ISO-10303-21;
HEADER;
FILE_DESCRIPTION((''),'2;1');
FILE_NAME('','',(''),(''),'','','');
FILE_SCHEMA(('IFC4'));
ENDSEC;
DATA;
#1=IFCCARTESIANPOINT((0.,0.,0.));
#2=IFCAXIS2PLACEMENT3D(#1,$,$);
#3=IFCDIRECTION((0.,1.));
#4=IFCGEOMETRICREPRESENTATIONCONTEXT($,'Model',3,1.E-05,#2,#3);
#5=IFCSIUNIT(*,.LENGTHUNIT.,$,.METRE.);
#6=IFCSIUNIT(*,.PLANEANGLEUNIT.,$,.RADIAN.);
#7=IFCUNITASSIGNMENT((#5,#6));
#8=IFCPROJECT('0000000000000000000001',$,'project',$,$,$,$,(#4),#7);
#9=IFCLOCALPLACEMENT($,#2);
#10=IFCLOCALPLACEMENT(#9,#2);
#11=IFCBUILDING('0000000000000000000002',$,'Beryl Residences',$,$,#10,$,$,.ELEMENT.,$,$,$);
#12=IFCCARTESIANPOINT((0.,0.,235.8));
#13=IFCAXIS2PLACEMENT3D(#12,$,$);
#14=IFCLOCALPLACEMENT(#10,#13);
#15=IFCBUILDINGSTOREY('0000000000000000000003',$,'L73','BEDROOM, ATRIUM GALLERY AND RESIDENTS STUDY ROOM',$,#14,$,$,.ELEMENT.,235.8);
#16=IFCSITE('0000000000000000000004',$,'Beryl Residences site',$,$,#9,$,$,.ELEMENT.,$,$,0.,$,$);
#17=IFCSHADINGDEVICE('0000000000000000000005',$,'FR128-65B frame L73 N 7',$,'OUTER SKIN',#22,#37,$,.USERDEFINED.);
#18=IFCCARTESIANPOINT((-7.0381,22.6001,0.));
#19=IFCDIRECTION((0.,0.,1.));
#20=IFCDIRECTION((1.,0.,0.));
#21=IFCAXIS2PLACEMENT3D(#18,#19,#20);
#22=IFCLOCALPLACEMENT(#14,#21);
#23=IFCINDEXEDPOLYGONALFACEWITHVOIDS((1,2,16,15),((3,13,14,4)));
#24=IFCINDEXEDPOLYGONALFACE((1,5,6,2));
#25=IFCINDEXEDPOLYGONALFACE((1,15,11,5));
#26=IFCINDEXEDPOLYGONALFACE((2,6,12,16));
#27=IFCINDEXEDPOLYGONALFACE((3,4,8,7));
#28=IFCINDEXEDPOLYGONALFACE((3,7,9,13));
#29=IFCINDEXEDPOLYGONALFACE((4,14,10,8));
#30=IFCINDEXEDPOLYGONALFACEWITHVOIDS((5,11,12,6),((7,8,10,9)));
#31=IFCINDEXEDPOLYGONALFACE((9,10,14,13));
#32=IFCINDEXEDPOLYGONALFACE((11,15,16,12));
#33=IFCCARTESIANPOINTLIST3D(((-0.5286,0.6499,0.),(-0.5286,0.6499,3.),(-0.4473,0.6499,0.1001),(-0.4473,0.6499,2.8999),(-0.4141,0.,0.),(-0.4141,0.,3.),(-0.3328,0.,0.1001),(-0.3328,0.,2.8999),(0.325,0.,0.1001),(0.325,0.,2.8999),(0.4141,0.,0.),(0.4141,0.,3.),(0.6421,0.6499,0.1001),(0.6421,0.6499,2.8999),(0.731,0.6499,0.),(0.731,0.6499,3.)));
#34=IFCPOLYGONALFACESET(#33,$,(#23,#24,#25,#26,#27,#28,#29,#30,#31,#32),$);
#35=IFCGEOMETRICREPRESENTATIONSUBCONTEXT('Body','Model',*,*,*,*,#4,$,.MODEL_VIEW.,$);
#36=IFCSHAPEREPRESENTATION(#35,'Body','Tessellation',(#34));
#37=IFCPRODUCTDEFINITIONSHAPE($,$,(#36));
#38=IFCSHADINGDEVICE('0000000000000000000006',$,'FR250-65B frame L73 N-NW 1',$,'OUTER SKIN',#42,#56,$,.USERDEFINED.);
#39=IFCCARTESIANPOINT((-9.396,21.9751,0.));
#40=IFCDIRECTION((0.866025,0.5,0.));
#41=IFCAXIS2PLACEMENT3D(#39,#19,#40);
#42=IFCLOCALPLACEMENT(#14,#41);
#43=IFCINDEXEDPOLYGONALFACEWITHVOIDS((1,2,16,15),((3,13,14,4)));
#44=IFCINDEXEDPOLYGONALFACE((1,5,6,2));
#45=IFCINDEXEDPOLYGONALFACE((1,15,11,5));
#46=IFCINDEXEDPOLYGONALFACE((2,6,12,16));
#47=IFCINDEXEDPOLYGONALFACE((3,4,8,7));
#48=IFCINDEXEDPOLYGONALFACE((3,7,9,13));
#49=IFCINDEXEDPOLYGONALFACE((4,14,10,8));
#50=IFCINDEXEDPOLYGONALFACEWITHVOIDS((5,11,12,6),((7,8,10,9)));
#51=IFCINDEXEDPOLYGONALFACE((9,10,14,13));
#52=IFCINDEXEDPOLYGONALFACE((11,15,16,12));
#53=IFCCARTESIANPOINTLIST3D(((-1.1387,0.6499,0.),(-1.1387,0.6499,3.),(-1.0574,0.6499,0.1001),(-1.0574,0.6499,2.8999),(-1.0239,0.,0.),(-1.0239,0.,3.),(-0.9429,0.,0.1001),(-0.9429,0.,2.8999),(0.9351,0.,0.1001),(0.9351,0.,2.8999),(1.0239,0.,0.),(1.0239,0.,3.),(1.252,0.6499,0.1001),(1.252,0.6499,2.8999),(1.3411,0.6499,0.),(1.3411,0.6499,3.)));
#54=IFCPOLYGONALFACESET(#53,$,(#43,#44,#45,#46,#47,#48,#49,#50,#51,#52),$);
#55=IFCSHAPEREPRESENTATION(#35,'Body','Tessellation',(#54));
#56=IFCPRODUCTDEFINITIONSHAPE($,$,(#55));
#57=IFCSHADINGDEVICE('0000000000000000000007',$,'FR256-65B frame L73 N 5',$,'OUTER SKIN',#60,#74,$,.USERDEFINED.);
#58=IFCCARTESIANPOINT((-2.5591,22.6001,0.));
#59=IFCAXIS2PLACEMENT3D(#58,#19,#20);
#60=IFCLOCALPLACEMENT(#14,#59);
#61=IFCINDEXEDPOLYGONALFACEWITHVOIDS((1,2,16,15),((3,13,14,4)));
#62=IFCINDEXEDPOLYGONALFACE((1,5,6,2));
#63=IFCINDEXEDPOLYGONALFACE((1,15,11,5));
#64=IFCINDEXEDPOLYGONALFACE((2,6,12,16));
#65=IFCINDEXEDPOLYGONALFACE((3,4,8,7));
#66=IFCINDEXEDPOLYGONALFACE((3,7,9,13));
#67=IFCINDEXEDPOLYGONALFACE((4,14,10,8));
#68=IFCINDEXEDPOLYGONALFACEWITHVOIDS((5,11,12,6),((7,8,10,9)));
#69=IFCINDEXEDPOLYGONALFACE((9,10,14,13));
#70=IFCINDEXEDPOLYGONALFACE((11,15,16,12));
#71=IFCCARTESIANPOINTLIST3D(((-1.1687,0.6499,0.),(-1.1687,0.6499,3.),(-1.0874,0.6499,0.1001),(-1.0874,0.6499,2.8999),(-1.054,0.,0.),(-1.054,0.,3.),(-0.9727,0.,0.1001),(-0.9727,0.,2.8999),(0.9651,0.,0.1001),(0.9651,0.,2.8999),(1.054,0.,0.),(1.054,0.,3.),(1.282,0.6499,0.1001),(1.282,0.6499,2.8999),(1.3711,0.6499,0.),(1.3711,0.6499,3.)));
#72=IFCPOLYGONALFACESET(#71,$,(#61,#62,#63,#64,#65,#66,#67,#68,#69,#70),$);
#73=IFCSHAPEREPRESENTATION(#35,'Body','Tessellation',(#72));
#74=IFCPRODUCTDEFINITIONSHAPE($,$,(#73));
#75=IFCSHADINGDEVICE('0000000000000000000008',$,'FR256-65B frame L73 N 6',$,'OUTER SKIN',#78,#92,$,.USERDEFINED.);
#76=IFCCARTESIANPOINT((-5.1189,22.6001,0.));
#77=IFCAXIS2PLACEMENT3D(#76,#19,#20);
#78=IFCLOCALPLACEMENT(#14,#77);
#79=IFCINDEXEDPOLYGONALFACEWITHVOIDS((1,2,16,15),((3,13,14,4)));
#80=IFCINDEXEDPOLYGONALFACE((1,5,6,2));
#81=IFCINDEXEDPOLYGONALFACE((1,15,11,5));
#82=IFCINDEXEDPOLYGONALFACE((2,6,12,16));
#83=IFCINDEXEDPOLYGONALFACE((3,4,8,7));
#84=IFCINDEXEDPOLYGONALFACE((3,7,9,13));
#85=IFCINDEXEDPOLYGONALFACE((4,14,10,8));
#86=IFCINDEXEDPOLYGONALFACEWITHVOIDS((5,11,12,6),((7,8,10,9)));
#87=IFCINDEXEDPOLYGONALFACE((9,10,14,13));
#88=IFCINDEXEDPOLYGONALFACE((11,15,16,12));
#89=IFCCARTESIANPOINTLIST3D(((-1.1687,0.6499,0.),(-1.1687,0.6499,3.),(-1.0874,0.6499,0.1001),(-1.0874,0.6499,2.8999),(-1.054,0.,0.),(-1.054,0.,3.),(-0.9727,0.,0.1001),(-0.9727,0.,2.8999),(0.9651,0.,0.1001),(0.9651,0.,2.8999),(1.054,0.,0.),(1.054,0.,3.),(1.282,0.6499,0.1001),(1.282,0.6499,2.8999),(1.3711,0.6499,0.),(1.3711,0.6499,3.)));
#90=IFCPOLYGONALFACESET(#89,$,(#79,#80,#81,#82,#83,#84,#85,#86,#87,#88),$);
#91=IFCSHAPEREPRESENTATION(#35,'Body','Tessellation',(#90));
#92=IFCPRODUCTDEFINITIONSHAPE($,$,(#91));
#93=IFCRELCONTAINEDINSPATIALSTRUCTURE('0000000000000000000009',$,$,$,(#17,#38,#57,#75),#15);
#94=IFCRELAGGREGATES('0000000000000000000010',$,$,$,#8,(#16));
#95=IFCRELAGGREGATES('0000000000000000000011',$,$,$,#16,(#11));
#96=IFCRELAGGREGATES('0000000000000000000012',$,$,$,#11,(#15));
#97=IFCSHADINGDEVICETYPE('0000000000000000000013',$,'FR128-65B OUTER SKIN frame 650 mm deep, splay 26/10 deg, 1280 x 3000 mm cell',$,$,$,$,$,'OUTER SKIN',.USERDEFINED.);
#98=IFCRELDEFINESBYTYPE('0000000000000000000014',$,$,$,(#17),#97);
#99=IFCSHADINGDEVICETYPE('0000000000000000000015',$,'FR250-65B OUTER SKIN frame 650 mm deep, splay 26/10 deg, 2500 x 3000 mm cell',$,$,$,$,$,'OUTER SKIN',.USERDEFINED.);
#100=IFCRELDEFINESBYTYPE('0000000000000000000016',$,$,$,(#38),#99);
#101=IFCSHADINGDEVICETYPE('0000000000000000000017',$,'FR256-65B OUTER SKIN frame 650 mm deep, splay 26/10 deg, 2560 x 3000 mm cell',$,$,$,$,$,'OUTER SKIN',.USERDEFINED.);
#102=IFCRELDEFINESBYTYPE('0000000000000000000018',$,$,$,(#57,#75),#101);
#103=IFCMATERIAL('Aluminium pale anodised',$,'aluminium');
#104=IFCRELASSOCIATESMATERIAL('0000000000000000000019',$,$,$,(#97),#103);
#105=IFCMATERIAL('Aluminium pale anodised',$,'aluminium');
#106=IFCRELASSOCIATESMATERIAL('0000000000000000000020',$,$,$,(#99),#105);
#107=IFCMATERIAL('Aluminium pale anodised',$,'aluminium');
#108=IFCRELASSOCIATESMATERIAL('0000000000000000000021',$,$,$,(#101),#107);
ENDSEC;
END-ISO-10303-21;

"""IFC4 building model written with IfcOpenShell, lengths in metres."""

from ifc_helpers import new_model, entity, si_unit, direction, frame, origin, place, context, subcontext, project, spatial, source, transform, mapped, material, type_object, type_shapes, element, save


model = new_model("IFC4")

# Units and contexts
model_context = context("Model", 3, precision=1e-05, world=origin(), true_north=direction((0.0, 1.0)))
body_context = subcontext(model_context, "Body", "Model", "MODEL_VIEW")
ifc_project = project(units=[si_unit("LENGTHUNIT", "METRE"), si_unit("PLANEANGLEUNIT", "RADIAN")], contexts=[model_context])

# Site, building, storey
site_placement = place(None, origin())
site = spatial("IfcSite", under=ifc_project, at=site_placement, Name="Beryl Residences site", CompositionType="ELEMENT", RefElevation=0.0)
building_placement = place(site_placement, origin())
building = spatial("IfcBuilding", under=site, at=building_placement, Name="Beryl Residences", CompositionType="ELEMENT")
storey_placement = place(building_placement, frame((0.0, 0.0, 235.8)))
storey = spatial("IfcBuildingStorey", under=building, at=storey_placement, Name="L73", Description="BEDROOM, ATRIUM GALLERY AND RESIDENTS STUDY ROOM", CompositionType="ELEMENT", Elevation=235.8)

# Shading devices
ifc_material_1 = material(Name="Aluminium pale anodised", Category="aluminium")
shading_device_type_1 = type_object("IfcShadingDeviceType", Name="FR128-65B OUTER SKIN frame 650 mm deep, splay 26/10 deg, 1280 x 3000 mm cell", ElementType="OUTER SKIN", PredefinedType="USERDEFINED", material=ifc_material_1)
cartesian_point_1 = entity("IfcCartesianPoint", [-0.4141, 0.0])
cartesian_point_2 = entity("IfcCartesianPoint", [-0.325, 0.1001])
cartesian_point_3 = entity("IfcCartesianPoint", [-0.731, 0.0])
cartesian_point_4 = entity("IfcCartesianPoint", [-0.6421, 0.1001])
shared_shape_1 = source(origin(), body_context, "Body", "SweptSolid", [
    entity("IfcExtrudedAreaSolidTapered", entity("IfcArbitraryProfileDefWithVoids", "AREA", None, entity("IfcPolyline", [cartesian_point_1, entity("IfcCartesianPoint", [0.4141, 0.0]), entity("IfcCartesianPoint", [0.4141, 3.0]), entity("IfcCartesianPoint", [-0.4141, 3.0]), cartesian_point_1]), [entity("IfcPolyline", [cartesian_point_2, entity("IfcCartesianPoint", [0.3328, 0.1001]), entity("IfcCartesianPoint", [0.3328, 2.8999]), entity("IfcCartesianPoint", [-0.325, 2.8999]), cartesian_point_2])]), entity("IfcAxis2Placement3D", entity("IfcCartesianPoint", [0.0, 0.0, 0.0]), entity("IfcDirection", [0.0, 1.0, 0.0]), entity("IfcDirection", [-1.0, 0.0, 0.0])), entity("IfcDirection", [0.0, 0.0, 1.0]), 0.6499, entity("IfcArbitraryProfileDefWithVoids", "AREA", None, entity("IfcPolyline", [cartesian_point_3, entity("IfcCartesianPoint", [0.5286, 0.0]), entity("IfcCartesianPoint", [0.5286, 3.0]), entity("IfcCartesianPoint", [-0.731, 3.0]), cartesian_point_3]), [entity("IfcPolyline", [cartesian_point_4, entity("IfcCartesianPoint", [0.4473, 0.1001]), entity("IfcCartesianPoint", [0.4473, 2.8999]), entity("IfcCartesianPoint", [-0.6421, 2.8999]), cartesian_point_4])])),
])
type_shapes(shading_device_type_1, [shared_shape_1])
shading_device_1_placement = place(storey_placement, frame((-7.0381, 22.6001, 0.0), z_axis=(0.0, 0.0, 1.0), x_axis=(1.0, 0.0, 0.0)))
element("IfcShadingDevice", 1, at=shading_device_1_placement, inside=storey, type_object=shading_device_type_1, Name="FR128-65B frame L73 N 7", ObjectType="OUTER SKIN", PredefinedType="USERDEFINED", context=body_context, shape_type="MappedRepresentation", body=[
    mapped(shared_shape_1, transform((0.0, 0.0, 0.0))),
])
ifc_material_2 = material(Name="Aluminium pale anodised", Category="aluminium")
shading_device_type_2 = type_object("IfcShadingDeviceType", Name="FR250-65B OUTER SKIN frame 650 mm deep, splay 26/10 deg, 2500 x 3000 mm cell", ElementType="OUTER SKIN", PredefinedType="USERDEFINED", material=ifc_material_2)
cartesian_point_5 = entity("IfcCartesianPoint", [-1.0239, 0.0])
cartesian_point_6 = entity("IfcCartesianPoint", [-0.9351, 0.1001])
cartesian_point_7 = entity("IfcCartesianPoint", [-1.3411, 0.0])
cartesian_point_8 = entity("IfcCartesianPoint", [-1.252, 0.1001])
shared_shape_2 = source(origin(), body_context, "Body", "SweptSolid", [
    entity("IfcExtrudedAreaSolidTapered", entity("IfcArbitraryProfileDefWithVoids", "AREA", None, entity("IfcPolyline", [cartesian_point_5, entity("IfcCartesianPoint", [1.0239, 0.0]), entity("IfcCartesianPoint", [1.0239, 3.0]), entity("IfcCartesianPoint", [-1.0239, 3.0]), cartesian_point_5]), [entity("IfcPolyline", [cartesian_point_6, entity("IfcCartesianPoint", [0.9429, 0.1001]), entity("IfcCartesianPoint", [0.9429, 2.8999]), entity("IfcCartesianPoint", [-0.9351, 2.8999]), cartesian_point_6])]), entity("IfcAxis2Placement3D", entity("IfcCartesianPoint", [0.0, 0.0, 0.0]), entity("IfcDirection", [0.0, 1.0, 0.0]), entity("IfcDirection", [-1.0, 0.0, 0.0])), entity("IfcDirection", [0.0, 0.0, 1.0]), 0.6499, entity("IfcArbitraryProfileDefWithVoids", "AREA", None, entity("IfcPolyline", [cartesian_point_7, entity("IfcCartesianPoint", [1.1387, 0.0]), entity("IfcCartesianPoint", [1.1387, 3.0]), entity("IfcCartesianPoint", [-1.3411, 3.0]), cartesian_point_7]), [entity("IfcPolyline", [cartesian_point_8, entity("IfcCartesianPoint", [1.0574, 0.1001]), entity("IfcCartesianPoint", [1.0574, 2.8999]), entity("IfcCartesianPoint", [-1.252, 2.8999]), cartesian_point_8])])),
])
type_shapes(shading_device_type_2, [shared_shape_2])
shading_device_2_placement = place(storey_placement, frame((-9.396, 21.9751, 0.0), z_axis=(0.0, 0.0, 1.0), x_axis=(0.866025, 0.5, 0.0)))
element("IfcShadingDevice", 2, at=shading_device_2_placement, inside=storey, type_object=shading_device_type_2, Name="FR250-65B frame L73 N-NW 1", ObjectType="OUTER SKIN", PredefinedType="USERDEFINED", context=body_context, shape_type="MappedRepresentation", body=[
    mapped(shared_shape_2, transform((0.0, 0.0, 0.0))),
])
ifc_material_3 = material(Name="Aluminium pale anodised", Category="aluminium")
shading_device_type_3 = type_object("IfcShadingDeviceType", Name="FR256-65B OUTER SKIN frame 650 mm deep, splay 26/10 deg, 2560 x 3000 mm cell", ElementType="OUTER SKIN", PredefinedType="USERDEFINED", material=ifc_material_3)
cartesian_point_9 = entity("IfcCartesianPoint", [-1.054, 0.0])
cartesian_point_10 = entity("IfcCartesianPoint", [-0.9651, 0.1001])
cartesian_point_11 = entity("IfcCartesianPoint", [-1.3711, 0.0])
cartesian_point_12 = entity("IfcCartesianPoint", [-1.282, 0.1001])
shared_shape_3 = source(origin(), body_context, "Body", "SweptSolid", [
    entity("IfcExtrudedAreaSolidTapered", entity("IfcArbitraryProfileDefWithVoids", "AREA", None, entity("IfcPolyline", [cartesian_point_9, entity("IfcCartesianPoint", [1.054, 0.0]), entity("IfcCartesianPoint", [1.054, 3.0]), entity("IfcCartesianPoint", [-1.054, 3.0]), cartesian_point_9]), [entity("IfcPolyline", [cartesian_point_10, entity("IfcCartesianPoint", [0.9727, 0.1001]), entity("IfcCartesianPoint", [0.9727, 2.8999]), entity("IfcCartesianPoint", [-0.9651, 2.8999]), cartesian_point_10])]), entity("IfcAxis2Placement3D", entity("IfcCartesianPoint", [0.0, 0.0, 0.0]), entity("IfcDirection", [0.0, 1.0, 0.0]), entity("IfcDirection", [-1.0, 0.0, 0.0])), entity("IfcDirection", [0.0, 0.0, 1.0]), 0.6499, entity("IfcArbitraryProfileDefWithVoids", "AREA", None, entity("IfcPolyline", [cartesian_point_11, entity("IfcCartesianPoint", [1.1687, 0.0]), entity("IfcCartesianPoint", [1.1687, 3.0]), entity("IfcCartesianPoint", [-1.3711, 3.0]), cartesian_point_11]), [entity("IfcPolyline", [cartesian_point_12, entity("IfcCartesianPoint", [1.0874, 0.1001]), entity("IfcCartesianPoint", [1.0874, 2.8999]), entity("IfcCartesianPoint", [-1.282, 2.8999]), cartesian_point_12])])),
])
type_shapes(shading_device_type_3, [shared_shape_3])
for number, where, z_axis, x_axis, name in (
    (3, (-2.5591, 22.6001, 0.0), (0.0, 0.0, 1.0), (1.0, 0.0, 0.0), "FR256-65B frame L73 N 5"),
    (4, (-5.1189, 22.6001, 0.0), (0.0, 0.0, 1.0), (1.0, 0.0, 0.0), "FR256-65B frame L73 N 6"),
):
    element("IfcShadingDevice", number, at=place(storey_placement, frame(where, z_axis=z_axis, x_axis=x_axis)), inside=storey, type_object=shading_device_type_3, Name=name, ObjectType="OUTER SKIN", PredefinedType="USERDEFINED", context=body_context, shape_type="MappedRepresentation", body=[
        mapped(shared_shape_3, transform((0.0, 0.0, 0.0))),
    ])

save(model, "model.ifc")
